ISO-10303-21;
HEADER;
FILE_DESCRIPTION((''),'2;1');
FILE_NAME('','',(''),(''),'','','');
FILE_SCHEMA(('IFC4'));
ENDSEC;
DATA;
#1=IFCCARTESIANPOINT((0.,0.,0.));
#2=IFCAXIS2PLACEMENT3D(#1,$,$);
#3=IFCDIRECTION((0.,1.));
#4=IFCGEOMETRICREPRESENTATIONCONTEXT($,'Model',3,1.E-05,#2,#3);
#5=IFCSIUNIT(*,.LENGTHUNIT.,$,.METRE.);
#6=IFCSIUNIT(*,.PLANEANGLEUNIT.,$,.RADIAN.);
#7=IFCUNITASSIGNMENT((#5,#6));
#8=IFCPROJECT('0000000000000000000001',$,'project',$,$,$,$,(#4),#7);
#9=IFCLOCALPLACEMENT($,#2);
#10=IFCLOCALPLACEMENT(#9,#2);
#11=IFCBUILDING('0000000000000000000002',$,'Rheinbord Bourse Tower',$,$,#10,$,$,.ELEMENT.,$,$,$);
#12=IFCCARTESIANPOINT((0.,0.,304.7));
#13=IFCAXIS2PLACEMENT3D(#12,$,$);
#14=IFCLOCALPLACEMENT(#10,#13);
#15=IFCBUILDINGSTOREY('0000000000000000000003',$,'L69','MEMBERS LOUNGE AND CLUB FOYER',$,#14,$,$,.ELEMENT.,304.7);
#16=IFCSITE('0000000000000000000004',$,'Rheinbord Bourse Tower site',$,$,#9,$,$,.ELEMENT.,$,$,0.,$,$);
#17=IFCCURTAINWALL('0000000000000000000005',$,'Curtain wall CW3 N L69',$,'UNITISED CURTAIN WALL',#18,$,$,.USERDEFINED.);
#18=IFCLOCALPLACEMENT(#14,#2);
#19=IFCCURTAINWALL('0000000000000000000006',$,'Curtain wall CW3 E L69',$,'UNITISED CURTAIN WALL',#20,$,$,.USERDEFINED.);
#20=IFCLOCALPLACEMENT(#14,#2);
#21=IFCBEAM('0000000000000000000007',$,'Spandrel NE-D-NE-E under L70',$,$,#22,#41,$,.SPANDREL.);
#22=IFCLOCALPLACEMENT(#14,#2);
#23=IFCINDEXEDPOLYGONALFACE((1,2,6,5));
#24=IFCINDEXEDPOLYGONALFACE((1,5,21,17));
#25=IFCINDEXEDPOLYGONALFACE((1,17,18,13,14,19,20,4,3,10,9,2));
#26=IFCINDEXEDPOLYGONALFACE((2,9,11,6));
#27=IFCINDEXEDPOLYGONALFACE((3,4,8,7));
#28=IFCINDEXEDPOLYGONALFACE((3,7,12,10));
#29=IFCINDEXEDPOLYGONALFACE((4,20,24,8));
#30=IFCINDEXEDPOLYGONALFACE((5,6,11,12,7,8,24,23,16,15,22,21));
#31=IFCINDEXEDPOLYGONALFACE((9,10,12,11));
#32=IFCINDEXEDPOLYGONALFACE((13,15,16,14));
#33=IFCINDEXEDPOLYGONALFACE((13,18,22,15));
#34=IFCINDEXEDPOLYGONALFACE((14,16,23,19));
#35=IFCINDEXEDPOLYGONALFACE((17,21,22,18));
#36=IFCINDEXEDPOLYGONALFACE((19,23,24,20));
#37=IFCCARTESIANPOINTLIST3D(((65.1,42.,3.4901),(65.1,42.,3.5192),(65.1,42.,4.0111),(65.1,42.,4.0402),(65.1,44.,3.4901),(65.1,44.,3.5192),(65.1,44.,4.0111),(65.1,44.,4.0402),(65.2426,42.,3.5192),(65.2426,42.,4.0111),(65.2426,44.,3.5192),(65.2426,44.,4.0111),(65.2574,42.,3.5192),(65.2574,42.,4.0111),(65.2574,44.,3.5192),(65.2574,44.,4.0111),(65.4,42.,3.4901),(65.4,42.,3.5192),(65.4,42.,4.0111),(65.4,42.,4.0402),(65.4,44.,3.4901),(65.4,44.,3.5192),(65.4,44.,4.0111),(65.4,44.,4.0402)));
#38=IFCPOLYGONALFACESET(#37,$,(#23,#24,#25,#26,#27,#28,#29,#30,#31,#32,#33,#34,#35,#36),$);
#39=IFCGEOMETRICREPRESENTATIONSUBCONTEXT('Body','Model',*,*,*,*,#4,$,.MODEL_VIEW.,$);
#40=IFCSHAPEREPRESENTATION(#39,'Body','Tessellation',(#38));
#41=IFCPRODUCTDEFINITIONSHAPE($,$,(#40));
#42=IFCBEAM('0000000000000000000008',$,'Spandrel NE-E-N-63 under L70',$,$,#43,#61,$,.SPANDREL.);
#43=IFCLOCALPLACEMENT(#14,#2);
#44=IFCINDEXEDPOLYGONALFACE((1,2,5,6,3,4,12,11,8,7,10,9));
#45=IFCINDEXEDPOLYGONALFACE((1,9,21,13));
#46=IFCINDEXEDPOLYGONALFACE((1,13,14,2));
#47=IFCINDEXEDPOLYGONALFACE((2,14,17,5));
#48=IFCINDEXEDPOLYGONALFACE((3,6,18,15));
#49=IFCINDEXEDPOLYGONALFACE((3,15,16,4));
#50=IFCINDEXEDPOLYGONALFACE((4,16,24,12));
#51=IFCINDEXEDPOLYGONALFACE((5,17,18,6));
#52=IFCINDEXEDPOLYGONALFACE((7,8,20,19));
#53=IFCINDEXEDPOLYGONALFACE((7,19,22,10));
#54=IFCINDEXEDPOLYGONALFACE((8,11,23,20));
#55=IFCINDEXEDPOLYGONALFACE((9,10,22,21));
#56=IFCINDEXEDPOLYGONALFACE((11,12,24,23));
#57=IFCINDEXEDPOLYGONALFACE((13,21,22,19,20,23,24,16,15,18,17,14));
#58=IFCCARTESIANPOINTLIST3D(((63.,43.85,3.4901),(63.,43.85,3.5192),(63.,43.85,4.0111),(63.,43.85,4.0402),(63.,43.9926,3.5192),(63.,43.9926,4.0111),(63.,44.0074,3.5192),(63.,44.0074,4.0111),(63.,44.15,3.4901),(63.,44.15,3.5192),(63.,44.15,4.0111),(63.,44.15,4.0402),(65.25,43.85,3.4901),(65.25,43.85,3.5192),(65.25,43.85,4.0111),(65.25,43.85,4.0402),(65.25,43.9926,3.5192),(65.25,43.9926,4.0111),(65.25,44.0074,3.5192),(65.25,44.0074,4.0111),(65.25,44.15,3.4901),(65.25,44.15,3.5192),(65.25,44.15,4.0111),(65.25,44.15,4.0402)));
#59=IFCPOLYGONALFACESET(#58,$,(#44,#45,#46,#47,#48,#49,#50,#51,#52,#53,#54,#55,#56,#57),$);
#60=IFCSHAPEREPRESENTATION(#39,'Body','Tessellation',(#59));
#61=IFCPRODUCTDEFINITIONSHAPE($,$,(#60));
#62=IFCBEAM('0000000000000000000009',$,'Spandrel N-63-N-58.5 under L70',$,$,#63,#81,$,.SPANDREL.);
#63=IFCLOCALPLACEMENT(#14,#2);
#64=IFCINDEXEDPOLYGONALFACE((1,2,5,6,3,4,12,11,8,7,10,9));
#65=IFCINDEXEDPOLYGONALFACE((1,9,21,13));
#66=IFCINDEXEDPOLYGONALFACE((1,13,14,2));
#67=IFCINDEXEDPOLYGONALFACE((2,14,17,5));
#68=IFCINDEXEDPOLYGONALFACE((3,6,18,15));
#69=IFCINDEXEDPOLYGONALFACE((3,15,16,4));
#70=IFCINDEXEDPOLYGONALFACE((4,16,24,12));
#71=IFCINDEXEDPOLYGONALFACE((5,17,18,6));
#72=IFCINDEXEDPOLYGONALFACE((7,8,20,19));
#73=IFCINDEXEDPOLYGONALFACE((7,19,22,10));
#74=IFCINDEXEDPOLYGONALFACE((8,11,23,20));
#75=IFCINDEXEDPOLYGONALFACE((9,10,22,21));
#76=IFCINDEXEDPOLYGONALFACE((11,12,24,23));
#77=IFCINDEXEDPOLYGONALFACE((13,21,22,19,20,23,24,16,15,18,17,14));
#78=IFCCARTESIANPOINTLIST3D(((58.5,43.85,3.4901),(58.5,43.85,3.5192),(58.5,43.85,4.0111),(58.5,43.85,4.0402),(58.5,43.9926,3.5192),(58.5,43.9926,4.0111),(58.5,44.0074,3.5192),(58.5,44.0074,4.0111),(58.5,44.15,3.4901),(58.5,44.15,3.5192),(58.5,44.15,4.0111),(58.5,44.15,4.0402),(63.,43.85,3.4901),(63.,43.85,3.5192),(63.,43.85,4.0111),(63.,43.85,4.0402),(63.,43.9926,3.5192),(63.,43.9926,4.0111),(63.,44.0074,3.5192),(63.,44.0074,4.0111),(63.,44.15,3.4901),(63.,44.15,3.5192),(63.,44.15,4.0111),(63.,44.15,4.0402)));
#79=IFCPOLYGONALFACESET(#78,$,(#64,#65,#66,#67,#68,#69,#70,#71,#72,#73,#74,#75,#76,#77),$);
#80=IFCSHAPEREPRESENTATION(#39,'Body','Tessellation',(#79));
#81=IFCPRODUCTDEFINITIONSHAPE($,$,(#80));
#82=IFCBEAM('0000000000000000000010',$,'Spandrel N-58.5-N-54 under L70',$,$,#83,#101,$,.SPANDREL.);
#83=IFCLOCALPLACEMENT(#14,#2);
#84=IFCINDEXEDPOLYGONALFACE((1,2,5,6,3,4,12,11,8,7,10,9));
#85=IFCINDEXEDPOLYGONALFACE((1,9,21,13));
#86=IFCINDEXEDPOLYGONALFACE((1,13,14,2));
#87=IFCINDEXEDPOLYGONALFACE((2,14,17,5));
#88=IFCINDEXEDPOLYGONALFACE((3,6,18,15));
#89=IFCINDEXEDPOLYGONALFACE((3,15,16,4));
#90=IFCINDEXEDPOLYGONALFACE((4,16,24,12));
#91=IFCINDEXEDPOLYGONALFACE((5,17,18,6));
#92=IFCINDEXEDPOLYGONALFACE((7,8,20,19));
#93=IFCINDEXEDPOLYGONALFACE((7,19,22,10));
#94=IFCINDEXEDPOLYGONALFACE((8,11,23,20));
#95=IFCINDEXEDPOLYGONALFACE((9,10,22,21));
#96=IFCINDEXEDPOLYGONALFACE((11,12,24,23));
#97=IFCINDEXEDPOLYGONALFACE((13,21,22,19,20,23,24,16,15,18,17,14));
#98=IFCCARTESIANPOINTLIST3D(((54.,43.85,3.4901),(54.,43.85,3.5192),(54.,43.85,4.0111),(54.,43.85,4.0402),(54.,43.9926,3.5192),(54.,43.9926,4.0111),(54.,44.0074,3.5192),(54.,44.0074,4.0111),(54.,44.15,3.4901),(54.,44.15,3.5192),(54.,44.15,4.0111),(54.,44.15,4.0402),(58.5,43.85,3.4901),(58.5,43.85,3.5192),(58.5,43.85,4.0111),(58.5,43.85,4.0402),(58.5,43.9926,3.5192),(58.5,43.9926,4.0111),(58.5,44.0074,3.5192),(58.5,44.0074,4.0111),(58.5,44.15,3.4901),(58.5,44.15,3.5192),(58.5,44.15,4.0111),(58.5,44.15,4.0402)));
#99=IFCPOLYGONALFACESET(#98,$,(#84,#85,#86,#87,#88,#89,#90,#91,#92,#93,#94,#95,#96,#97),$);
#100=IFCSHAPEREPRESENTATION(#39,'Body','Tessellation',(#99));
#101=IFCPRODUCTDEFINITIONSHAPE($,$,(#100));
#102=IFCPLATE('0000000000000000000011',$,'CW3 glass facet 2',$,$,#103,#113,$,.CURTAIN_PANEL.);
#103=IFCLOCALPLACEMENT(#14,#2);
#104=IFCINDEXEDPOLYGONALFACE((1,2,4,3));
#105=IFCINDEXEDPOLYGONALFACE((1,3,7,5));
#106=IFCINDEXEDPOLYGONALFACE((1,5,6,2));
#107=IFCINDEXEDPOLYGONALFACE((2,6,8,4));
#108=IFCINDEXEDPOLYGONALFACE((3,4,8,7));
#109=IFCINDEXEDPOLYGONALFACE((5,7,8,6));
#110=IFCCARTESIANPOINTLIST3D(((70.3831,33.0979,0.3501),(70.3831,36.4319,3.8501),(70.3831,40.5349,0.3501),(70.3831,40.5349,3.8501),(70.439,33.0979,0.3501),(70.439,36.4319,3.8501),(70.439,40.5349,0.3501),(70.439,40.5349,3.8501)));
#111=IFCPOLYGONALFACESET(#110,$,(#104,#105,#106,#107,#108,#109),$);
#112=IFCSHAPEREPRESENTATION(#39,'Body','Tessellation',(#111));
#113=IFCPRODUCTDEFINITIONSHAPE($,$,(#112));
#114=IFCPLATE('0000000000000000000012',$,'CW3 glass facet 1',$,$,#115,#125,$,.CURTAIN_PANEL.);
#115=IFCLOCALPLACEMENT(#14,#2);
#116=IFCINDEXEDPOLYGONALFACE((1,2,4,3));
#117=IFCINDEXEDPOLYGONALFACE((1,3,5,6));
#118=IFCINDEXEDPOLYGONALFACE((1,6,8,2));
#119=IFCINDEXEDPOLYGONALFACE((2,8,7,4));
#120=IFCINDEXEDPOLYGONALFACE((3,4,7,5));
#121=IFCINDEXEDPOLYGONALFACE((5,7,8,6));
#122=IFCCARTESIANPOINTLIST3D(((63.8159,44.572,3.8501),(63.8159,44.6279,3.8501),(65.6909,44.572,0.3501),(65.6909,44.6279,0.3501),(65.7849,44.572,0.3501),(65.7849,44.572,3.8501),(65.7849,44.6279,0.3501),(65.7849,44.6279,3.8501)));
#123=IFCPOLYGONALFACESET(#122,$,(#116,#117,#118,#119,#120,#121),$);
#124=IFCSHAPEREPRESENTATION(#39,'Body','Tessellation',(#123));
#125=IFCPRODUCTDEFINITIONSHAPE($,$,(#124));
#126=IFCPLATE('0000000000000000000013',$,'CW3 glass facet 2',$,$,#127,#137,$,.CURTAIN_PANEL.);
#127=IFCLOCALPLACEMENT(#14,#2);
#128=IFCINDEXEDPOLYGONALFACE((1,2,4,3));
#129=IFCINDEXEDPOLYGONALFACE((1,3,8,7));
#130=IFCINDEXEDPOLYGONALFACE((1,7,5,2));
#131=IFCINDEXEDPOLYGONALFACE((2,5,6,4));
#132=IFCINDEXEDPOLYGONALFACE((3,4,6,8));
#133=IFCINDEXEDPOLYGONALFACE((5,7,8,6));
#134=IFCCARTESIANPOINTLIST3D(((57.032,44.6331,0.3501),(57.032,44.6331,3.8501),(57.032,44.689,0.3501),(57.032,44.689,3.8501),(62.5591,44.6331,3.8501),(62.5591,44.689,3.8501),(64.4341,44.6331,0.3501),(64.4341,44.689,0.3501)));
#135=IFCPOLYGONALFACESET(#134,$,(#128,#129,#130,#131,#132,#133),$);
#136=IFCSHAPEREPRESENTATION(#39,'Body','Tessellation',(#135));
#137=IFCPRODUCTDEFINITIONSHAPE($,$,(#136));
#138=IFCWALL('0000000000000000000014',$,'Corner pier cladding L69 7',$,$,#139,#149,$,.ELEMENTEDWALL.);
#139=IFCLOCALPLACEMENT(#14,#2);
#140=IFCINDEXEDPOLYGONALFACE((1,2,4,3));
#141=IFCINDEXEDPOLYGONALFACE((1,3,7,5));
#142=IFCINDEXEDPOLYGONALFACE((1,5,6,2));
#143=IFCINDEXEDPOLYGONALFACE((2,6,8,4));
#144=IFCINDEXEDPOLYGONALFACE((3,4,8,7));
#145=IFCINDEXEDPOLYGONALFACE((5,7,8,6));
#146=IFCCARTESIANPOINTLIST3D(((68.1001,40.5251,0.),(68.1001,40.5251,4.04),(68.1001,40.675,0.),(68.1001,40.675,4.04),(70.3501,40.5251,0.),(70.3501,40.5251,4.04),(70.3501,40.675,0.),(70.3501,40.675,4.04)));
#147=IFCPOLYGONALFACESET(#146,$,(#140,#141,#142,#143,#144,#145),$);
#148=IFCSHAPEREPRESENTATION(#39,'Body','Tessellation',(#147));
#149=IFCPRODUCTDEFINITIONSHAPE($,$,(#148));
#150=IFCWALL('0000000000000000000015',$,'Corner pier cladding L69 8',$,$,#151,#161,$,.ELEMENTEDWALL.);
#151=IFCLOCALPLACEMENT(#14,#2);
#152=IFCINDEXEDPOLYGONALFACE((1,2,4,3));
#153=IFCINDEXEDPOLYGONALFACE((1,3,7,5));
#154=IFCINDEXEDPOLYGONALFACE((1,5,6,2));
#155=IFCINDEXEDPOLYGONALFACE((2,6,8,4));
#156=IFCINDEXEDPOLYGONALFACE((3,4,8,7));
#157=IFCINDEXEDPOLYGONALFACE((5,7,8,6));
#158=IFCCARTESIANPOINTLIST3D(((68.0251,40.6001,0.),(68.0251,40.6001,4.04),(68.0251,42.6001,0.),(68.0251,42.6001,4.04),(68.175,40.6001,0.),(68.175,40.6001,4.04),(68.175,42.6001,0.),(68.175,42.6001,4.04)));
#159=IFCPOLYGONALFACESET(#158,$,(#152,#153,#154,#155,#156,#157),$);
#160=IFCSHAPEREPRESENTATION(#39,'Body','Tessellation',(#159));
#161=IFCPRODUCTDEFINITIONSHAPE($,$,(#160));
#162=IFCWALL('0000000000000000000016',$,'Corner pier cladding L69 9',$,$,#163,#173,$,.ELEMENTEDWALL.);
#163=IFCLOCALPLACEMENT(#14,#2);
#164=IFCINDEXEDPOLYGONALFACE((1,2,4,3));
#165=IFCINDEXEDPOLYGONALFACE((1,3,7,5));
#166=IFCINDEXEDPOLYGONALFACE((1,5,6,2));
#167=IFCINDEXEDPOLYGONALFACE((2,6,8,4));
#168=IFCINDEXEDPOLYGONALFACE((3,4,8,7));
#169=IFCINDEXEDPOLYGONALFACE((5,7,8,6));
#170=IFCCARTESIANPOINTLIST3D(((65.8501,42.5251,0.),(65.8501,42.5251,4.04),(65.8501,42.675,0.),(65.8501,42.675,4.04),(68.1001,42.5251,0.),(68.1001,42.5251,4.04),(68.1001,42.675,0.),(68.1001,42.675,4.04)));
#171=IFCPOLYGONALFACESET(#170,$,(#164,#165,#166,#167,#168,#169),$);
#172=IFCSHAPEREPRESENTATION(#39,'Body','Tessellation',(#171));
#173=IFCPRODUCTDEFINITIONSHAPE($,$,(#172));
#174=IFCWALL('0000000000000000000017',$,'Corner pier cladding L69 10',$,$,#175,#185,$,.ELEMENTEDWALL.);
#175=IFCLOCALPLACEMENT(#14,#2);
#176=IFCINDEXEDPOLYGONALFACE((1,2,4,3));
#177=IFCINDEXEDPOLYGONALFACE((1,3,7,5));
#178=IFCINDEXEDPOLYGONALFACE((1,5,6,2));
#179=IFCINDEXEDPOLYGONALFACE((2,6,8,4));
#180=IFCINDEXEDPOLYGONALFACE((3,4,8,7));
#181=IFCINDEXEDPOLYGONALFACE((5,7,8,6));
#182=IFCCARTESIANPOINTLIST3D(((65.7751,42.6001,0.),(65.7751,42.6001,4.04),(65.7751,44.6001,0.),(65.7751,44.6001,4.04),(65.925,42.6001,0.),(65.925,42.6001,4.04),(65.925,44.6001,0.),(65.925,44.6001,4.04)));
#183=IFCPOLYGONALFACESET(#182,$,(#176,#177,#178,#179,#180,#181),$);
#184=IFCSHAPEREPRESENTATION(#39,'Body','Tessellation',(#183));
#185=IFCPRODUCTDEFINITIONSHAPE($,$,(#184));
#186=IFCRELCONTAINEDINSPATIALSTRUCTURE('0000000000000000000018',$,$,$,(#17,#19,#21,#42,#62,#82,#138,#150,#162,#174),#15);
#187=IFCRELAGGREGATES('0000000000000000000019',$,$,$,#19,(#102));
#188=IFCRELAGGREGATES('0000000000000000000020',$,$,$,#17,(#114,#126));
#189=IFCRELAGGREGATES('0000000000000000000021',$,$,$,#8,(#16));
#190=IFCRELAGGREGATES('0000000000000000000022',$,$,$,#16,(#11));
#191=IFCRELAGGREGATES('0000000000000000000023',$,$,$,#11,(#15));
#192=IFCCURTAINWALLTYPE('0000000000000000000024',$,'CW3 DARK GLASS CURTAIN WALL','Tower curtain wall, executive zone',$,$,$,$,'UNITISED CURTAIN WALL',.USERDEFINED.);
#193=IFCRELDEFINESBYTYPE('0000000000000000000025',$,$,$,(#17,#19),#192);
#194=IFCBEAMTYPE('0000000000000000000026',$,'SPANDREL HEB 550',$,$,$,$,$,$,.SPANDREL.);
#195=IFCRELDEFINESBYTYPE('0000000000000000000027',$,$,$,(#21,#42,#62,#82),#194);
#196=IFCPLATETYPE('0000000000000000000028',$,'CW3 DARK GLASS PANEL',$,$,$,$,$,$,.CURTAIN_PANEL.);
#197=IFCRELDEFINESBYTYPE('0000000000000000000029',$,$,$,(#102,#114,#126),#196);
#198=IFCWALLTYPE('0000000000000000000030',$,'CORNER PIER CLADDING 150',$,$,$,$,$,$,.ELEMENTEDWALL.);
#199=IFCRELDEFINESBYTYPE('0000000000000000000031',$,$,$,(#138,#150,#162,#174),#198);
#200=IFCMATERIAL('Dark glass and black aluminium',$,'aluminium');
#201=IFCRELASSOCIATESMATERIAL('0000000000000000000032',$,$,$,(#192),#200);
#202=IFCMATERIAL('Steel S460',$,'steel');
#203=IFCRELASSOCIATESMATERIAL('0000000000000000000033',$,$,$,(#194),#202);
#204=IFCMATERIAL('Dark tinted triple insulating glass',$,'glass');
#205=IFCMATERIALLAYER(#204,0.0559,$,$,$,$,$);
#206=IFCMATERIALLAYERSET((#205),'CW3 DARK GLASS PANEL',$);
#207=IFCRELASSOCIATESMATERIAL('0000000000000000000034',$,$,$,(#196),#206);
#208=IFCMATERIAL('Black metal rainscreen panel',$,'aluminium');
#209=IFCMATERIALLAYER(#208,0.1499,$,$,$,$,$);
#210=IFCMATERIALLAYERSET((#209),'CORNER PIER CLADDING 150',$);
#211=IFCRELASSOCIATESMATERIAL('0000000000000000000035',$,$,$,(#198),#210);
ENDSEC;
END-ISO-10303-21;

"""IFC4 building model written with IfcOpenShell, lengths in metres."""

from ifc_helpers import new_model, si_unit, direction, frame, frame_2d, origin, origin_2d, place, context, subcontext, project, spatial, polyline, rectangle, i_section, outline, extrude, material, layer, layer_set, material_profile, profile_set, type_object, element, aggregate, save


model = new_model("IFC4")

# Units and contexts
model_context = context("Model", 3, precision=1e-05, world=origin(), true_north=direction((0.0, 1.0)))
body_context = subcontext(model_context, "Body", "Model", "MODEL_VIEW")
ifc_project = project(units=[si_unit("LENGTHUNIT", "METRE"), si_unit("PLANEANGLEUNIT", "RADIAN")], contexts=[model_context])

# Site, building, storey
site_placement = place(None, origin())
site = spatial("IfcSite", under=ifc_project, at=site_placement, Name="Rheinbord Bourse Tower site", CompositionType="ELEMENT", RefElevation=0.0)
building_placement = place(site_placement, origin())
building = spatial("IfcBuilding", under=site, at=building_placement, Name="Rheinbord Bourse Tower", CompositionType="ELEMENT")
storey_placement = place(building_placement, frame((0.0, 0.0, 304.7)))
storey = spatial("IfcBuildingStorey", under=building, at=storey_placement, Name="L69", Description="MEMBERS LOUNGE AND CLUB FOYER", CompositionType="ELEMENT", Elevation=304.7)

# Curtain walls
ifc_material_1 = material(Name="Dark glass and black aluminium", Category="aluminium")
curtain_wall_type = type_object("IfcCurtainWallType", Name="CW3 DARK GLASS CURTAIN WALL", Description="Tower curtain wall, executive zone", ElementType="UNITISED CURTAIN WALL", PredefinedType="USERDEFINED", material=ifc_material_1)
curtain_wall_1_placement = place(storey_placement, origin())
curtain_wall_1 = element("IfcCurtainWall", 1, at=curtain_wall_1_placement, inside=storey, type_object=curtain_wall_type, Name="Curtain wall CW3 N L69", ObjectType="UNITISED CURTAIN WALL", PredefinedType="USERDEFINED")
curtain_wall_2_placement = place(storey_placement, origin())
curtain_wall_2 = element("IfcCurtainWall", 2, at=curtain_wall_2_placement, inside=storey, type_object=curtain_wall_type, Name="Curtain wall CW3 E L69", ObjectType="UNITISED CURTAIN WALL", PredefinedType="USERDEFINED")

# Beams
ifc_material_2 = material(Name="Steel S460", Category="steel")
ifc_material_profile_1 = material_profile(ifc_material_2, i_section(OverallWidth=0.3, OverallDepth=0.55, WebThickness=0.0149, FlangeThickness=0.0291, at=origin_2d()), Name="HEB 550")
ifc_profile_set_1 = profile_set([ifc_material_profile_1], Name="Steel S460")
beam_type_1 = type_object("IfcBeamType", Name="SPANDREL HEB 550", PredefinedType="SPANDREL", material=ifc_profile_set_1)
beam_1_placement = place(storey_placement, frame((65.25, 42.0, 3.7651), z_axis=(0.0, 1.0, 0.0), x_axis=(-1.0, 0.0, 0.0)))
element("IfcBeam", 3, at=beam_1_placement, inside=storey, type_object=beam_type_1, Name="Spandrel NE-D-NE-E under L70", PredefinedType="SPANDREL", context=body_context, shape_type="SweptSolid", body=[
    extrude(i_section(OverallWidth=0.3, OverallDepth=0.55, WebThickness=0.0149, FlangeThickness=0.0291, at=origin_2d()), origin(), (0.0, 0.0, 1.0), 2.0),
])
beam_2_placement = place(storey_placement, frame((65.25, 44.0, 3.7651), z_axis=(-1.0, 0.0, 0.0), x_axis=(0.0, -1.0, 0.0)))
element("IfcBeam", 4, at=beam_2_placement, inside=storey, type_object=beam_type_1, Name="Spandrel NE-E-N-63 under L70", PredefinedType="SPANDREL", context=body_context, shape_type="SweptSolid", body=[
    extrude(i_section(OverallWidth=0.3, OverallDepth=0.55, WebThickness=0.0149, FlangeThickness=0.0291, at=origin_2d()), origin(), (0.0, 0.0, 1.0), 2.25),
])
for number, where, z_axis, x_axis, name in (
    (5, (63.0, 44.0, 3.7651), (-1.0, 0.0, 0.0), (0.0, -1.0, 0.0), "Spandrel N-63-N-58.5 under L70"),
    (6, (58.5, 44.0, 3.7651), (-1.0, 0.0, 0.0), (0.0, -1.0, 0.0), "Spandrel N-58.5-N-54 under L70"),
):
    element("IfcBeam", number, at=place(storey_placement, frame(where, z_axis=z_axis, x_axis=x_axis)), inside=storey, type_object=beam_type_1, Name=name, PredefinedType="SPANDREL", context=body_context, shape_type="SweptSolid", body=[
        extrude(i_section(OverallWidth=0.3, OverallDepth=0.55, WebThickness=0.0149, FlangeThickness=0.0291, at=origin_2d()), origin(), (0.0, 0.0, 1.0), 4.5),
    ])

# Plates
ifc_material_3 = material(Name="Dark tinted triple insulating glass", Category="glass")
ifc_layer_1 = layer(ifc_material_3, 0.0559)
ifc_layer_set_1 = layer_set([ifc_layer_1], Name="CW3 DARK GLASS PANEL")
plate_type = type_object("IfcPlateType", Name="CW3 DARK GLASS PANEL", PredefinedType="CURTAIN_PANEL", material=ifc_layer_set_1)
plate_1_placement = place(storey_placement, frame((70.439, 40.5349, 3.8501), z_axis=(-1.0, 0.0, 0.0), x_axis=(0.0, 0.0, -1.0)))
plate_1 = element("IfcPlate", 7, at=plate_1_placement, type_object=plate_type, Name="CW3 glass facet 2", PredefinedType="CURTAIN_PANEL", context=body_context, shape_type="SweptSolid", body=[
    extrude(outline(polyline([(0.0, 0.0), (3.5, 0.0), (3.5, 7.437), (0.0, 4.103), (0.0, 0.0)])), origin(), (0.0, 0.0, 1.0), 0.0559),
])
aggregate(curtain_wall_2, [plate_1])
plate_2_placement = place(storey_placement, frame((65.7849, 44.6279, 0.3501), z_axis=(0.0, -1.0, 0.0), x_axis=(0.0, 0.0, 1.0)))
plate_2 = element("IfcPlate", 8, at=plate_2_placement, type_object=plate_type, Name="CW3 glass facet 1", PredefinedType="CURTAIN_PANEL", context=body_context, shape_type="SweptSolid", body=[
    extrude(outline(polyline([(0.0, 0.0), (3.5, 0.0), (3.5, 1.969), (0.0, 0.094), (0.0, 0.0)])), origin(), (0.0, 0.0, 1.0), 0.0559),
])
plate_3_placement = place(storey_placement, frame((57.032, 44.689, 3.8501), z_axis=(0.0, -1.0, 0.0), x_axis=(0.0, 0.0, -1.0)))
plate_3 = element("IfcPlate", 9, at=plate_3_placement, type_object=plate_type, Name="CW3 glass facet 2", PredefinedType="CURTAIN_PANEL", context=body_context, shape_type="SweptSolid", body=[
    extrude(outline(polyline([(0.0, 0.0), (3.5, 0.0), (3.5, 7.4021), (0.0, 5.5271), (0.0, 0.0)])), origin(), (0.0, 0.0, 1.0), 0.0559),
])
aggregate(curtain_wall_1, [plate_2, plate_3])

# Walls
ifc_material_4 = material(Name="Black metal rainscreen panel", Category="aluminium")
ifc_layer_2 = layer(ifc_material_4, 0.1499)
ifc_layer_set_2 = layer_set([ifc_layer_2], Name="CORNER PIER CLADDING 150")
wall_type = type_object("IfcWallType", Name="CORNER PIER CLADDING 150", PredefinedType="ELEMENTEDWALL", material=ifc_layer_set_2)
wall_1_placement = place(storey_placement, frame((70.3501, 40.6001, 0.0), z_axis=(0.0, 0.0, 1.0), x_axis=(-1.0, 0.0, 0.0)))
element("IfcWall", 10, at=wall_1_placement, inside=storey, type_object=wall_type, Name="Corner pier cladding L69 7", PredefinedType="ELEMENTEDWALL", context=body_context, shape_type="SweptSolid", body=[
    extrude(rectangle(XDim=2.25, YDim=0.1499, at=frame_2d((1.125, 0.0))), origin(), (0.0, 0.0, 1.0), 4.04),
])
wall_2_placement = place(storey_placement, frame((68.1001, 40.6001, 0.0), z_axis=(0.0, 0.0, 1.0), x_axis=(0.0, 1.0, 0.0)))
element("IfcWall", 11, at=wall_2_placement, inside=storey, type_object=wall_type, Name="Corner pier cladding L69 8", PredefinedType="ELEMENTEDWALL", context=body_context, shape_type="SweptSolid", body=[
    extrude(rectangle(XDim=2.0, YDim=0.1499, at=frame_2d((1.0, 0.0))), origin(), (0.0, 0.0, 1.0), 4.04),
])
wall_3_placement = place(storey_placement, frame((68.1001, 42.6001, 0.0), z_axis=(0.0, 0.0, 1.0), x_axis=(-1.0, 0.0, 0.0)))
element("IfcWall", 12, at=wall_3_placement, inside=storey, type_object=wall_type, Name="Corner pier cladding L69 9", PredefinedType="ELEMENTEDWALL", context=body_context, shape_type="SweptSolid", body=[
    extrude(rectangle(XDim=2.25, YDim=0.1499, at=frame_2d((1.125, 0.0))), origin(), (0.0, 0.0, 1.0), 4.04),
])
wall_4_placement = place(storey_placement, frame((65.8501, 42.6001, 0.0), z_axis=(0.0, 0.0, 1.0), x_axis=(0.0, 1.0, 0.0)))
element("IfcWall", 13, at=wall_4_placement, inside=storey, type_object=wall_type, Name="Corner pier cladding L69 10", PredefinedType="ELEMENTEDWALL", context=body_context, shape_type="SweptSolid", body=[
    extrude(rectangle(XDim=2.0, YDim=0.1499, at=frame_2d((1.0, 0.0))), origin(), (0.0, 0.0, 1.0), 4.04),
])

save(model, "model.ifc")
